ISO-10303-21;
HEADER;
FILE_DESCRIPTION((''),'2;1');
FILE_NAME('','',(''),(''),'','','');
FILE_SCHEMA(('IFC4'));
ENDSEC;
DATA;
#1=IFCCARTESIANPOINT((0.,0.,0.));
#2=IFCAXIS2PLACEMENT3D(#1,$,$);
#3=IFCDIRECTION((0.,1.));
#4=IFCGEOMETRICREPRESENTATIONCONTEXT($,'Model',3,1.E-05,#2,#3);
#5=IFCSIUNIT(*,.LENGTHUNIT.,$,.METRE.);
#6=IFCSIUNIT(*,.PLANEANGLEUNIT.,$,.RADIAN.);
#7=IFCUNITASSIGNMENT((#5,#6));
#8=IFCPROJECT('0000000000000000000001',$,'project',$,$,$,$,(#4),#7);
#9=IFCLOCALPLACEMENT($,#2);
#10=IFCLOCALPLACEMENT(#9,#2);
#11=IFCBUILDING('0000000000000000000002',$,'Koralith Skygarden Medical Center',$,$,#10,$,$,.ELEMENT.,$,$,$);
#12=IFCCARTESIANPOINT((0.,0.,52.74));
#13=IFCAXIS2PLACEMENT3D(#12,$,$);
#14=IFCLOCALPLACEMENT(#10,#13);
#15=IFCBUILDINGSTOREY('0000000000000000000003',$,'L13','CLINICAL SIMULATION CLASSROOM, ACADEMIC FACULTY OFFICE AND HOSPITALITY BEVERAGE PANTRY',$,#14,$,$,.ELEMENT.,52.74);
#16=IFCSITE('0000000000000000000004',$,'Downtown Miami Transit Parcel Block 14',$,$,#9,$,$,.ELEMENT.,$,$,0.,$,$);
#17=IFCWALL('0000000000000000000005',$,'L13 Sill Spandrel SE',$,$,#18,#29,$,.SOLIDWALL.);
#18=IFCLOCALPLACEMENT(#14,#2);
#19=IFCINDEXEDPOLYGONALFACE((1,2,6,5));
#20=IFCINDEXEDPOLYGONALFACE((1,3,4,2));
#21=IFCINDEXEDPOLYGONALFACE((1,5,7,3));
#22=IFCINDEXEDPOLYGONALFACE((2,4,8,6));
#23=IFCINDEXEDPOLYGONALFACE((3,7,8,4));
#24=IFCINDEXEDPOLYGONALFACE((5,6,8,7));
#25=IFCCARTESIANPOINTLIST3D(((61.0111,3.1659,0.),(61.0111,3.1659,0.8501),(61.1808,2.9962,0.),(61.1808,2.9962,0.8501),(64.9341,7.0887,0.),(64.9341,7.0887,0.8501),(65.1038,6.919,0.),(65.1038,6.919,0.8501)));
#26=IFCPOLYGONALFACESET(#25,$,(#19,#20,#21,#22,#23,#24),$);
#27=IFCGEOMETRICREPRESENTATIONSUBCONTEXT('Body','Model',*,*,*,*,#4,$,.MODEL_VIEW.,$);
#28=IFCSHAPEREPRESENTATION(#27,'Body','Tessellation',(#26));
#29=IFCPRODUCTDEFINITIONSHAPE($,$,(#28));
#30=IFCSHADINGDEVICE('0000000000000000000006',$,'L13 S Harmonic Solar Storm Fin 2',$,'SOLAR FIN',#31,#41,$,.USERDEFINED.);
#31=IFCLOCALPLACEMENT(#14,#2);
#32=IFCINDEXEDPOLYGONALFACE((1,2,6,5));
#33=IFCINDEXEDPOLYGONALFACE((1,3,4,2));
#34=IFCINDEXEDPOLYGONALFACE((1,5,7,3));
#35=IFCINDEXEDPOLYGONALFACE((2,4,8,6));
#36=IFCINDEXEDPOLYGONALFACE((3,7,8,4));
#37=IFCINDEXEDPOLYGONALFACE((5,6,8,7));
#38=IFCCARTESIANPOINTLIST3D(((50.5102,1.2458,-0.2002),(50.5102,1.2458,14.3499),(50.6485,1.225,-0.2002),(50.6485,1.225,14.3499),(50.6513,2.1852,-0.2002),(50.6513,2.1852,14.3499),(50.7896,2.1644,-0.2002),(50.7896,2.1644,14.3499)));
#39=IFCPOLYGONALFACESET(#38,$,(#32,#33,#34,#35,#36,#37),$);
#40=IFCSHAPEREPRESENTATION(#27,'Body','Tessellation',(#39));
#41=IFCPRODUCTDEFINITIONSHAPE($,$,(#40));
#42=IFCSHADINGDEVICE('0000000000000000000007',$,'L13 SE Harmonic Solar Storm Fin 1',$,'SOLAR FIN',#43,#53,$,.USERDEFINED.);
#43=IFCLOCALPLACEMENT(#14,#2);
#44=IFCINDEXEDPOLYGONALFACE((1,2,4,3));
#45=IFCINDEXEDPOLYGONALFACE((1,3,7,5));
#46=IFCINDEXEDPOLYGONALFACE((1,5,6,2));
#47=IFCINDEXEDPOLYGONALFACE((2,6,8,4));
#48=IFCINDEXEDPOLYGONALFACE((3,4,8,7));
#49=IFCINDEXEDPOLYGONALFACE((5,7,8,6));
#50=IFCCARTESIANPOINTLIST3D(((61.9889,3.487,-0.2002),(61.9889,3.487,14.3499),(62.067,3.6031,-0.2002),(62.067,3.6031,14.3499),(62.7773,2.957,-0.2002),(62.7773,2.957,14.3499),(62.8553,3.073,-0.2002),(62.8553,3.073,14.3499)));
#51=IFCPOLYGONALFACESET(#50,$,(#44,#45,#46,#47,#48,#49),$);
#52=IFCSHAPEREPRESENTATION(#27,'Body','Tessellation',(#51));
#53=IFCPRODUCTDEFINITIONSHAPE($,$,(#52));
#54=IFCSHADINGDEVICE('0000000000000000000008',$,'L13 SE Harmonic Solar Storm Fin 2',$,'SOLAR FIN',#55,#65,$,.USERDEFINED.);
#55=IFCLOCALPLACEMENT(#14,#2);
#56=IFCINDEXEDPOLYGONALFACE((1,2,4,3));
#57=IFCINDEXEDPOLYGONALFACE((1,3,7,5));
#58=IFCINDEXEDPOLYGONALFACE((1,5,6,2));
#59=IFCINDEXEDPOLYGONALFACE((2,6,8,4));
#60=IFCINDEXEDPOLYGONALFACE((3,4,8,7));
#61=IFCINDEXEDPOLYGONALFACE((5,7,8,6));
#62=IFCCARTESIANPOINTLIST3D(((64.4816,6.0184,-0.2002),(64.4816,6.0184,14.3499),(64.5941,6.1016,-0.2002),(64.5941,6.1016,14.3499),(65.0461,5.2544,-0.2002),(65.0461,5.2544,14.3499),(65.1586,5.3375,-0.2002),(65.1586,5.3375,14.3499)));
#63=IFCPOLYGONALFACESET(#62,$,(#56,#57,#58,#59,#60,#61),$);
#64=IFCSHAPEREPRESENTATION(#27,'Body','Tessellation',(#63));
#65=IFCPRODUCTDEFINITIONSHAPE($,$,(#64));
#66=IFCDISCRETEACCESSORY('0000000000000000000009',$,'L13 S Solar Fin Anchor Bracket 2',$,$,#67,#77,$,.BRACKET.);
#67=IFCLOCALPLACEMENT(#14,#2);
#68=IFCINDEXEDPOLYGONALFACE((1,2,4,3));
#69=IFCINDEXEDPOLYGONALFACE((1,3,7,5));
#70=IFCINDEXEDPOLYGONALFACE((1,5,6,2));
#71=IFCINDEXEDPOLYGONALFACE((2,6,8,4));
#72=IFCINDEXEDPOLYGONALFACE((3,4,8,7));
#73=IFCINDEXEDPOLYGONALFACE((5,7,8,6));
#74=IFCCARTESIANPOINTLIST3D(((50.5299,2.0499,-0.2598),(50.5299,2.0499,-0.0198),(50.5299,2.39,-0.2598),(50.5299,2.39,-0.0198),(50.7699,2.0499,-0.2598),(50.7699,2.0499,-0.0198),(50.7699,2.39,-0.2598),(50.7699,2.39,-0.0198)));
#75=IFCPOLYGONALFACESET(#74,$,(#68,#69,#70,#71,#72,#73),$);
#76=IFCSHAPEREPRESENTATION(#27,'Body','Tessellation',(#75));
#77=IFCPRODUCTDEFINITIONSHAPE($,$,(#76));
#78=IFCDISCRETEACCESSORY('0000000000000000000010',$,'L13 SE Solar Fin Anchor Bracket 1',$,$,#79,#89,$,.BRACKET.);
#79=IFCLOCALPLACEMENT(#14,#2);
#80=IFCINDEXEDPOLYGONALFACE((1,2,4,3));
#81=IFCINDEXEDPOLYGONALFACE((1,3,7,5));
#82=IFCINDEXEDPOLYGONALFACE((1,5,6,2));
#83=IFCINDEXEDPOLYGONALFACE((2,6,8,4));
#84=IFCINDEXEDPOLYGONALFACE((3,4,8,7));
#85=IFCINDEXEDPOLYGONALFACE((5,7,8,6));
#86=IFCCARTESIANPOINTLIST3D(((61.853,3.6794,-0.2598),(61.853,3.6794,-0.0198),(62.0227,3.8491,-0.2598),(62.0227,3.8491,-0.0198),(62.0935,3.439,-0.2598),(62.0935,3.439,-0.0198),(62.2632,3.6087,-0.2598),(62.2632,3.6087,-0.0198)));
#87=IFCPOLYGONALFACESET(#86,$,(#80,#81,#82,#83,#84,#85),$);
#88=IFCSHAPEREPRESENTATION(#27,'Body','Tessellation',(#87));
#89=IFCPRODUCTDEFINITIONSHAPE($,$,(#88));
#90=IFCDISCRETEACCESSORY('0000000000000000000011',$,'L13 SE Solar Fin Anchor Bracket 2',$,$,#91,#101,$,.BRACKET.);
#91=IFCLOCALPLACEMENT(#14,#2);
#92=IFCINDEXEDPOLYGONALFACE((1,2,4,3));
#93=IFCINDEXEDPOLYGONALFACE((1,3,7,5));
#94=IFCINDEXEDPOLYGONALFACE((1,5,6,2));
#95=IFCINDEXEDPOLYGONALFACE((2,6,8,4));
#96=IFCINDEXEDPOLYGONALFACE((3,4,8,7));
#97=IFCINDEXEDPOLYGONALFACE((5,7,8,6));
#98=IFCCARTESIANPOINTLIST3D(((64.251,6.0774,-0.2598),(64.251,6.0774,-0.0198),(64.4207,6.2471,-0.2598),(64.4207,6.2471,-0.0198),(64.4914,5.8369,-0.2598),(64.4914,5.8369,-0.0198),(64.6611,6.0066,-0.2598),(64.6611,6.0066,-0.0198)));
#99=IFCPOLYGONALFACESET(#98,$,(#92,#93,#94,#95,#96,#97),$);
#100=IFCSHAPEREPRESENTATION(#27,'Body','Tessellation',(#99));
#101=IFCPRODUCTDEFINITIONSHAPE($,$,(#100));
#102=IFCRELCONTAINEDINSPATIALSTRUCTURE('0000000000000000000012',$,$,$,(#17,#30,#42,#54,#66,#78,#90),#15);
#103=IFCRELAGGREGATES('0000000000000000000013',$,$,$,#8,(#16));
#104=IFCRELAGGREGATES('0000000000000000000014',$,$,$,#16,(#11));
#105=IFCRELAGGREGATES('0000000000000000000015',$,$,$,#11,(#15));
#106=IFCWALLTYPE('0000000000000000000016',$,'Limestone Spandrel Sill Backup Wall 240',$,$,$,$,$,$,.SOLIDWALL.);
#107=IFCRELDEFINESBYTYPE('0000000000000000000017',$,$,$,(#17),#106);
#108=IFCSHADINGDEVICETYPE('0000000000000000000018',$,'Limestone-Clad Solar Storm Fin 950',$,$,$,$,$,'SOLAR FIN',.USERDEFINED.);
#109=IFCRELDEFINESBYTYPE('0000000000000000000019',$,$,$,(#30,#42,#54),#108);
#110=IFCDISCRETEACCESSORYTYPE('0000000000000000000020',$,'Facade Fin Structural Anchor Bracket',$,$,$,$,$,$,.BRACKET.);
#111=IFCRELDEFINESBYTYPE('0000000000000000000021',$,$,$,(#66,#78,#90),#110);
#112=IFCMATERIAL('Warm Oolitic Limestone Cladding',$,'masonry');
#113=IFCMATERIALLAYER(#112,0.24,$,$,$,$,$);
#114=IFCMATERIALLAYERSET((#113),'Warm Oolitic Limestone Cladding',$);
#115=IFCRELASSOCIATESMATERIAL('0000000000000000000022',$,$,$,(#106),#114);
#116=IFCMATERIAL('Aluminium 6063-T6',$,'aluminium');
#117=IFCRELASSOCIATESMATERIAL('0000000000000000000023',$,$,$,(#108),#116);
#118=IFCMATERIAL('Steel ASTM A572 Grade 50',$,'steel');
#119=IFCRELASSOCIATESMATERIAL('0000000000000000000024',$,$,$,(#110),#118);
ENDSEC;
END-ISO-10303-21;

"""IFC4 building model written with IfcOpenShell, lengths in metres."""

from ifc_helpers import new_model, si_unit, direction, frame, frame_2d, origin, origin_2d, place, context, subcontext, project, spatial, rectangle, extrude, material, layer, layer_set, type_object, element, save


model = new_model("IFC4")

# Units and contexts
model_context = context("Model", 3, precision=1e-05, world=origin(), true_north=direction((0.0, 1.0)))
body_context = subcontext(model_context, "Body", "Model", "MODEL_VIEW")
ifc_project = project(units=[si_unit("LENGTHUNIT", "METRE"), si_unit("PLANEANGLEUNIT", "RADIAN")], contexts=[model_context])

# Site, building, storey
site_placement = place(None, origin())
site = spatial("IfcSite", under=ifc_project, at=site_placement, Name="Downtown Miami Transit Parcel Block 14", CompositionType="ELEMENT", RefElevation=0.0)
building_placement = place(site_placement, origin())
building = spatial("IfcBuilding", under=site, at=building_placement, Name="Koralith Skygarden Medical Center", CompositionType="ELEMENT")
storey_placement = place(building_placement, frame((0.0, 0.0, 52.74)))
storey = spatial("IfcBuildingStorey", under=building, at=storey_placement, Name="L13", Description="CLINICAL SIMULATION CLASSROOM, ACADEMIC FACULTY OFFICE AND HOSPITALITY BEVERAGE PANTRY", CompositionType="ELEMENT", Elevation=52.74)

# Shared definitions
ifc_material_1 = material(Name="Aluminium 6063-T6", Category="aluminium")

# Shared definitions
ifc_material_2 = material(Name="Warm Oolitic Limestone Cladding", Category="masonry")

# Wall
ifc_layer_1 = layer(ifc_material_2, 0.24)
ifc_layer_set_1 = layer_set([ifc_layer_1], Name="Warm Oolitic Limestone Cladding")
wall_type = type_object("IfcWallType", Name="Limestone Spandrel Sill Backup Wall 240", PredefinedType="SOLIDWALL", material=ifc_layer_set_1)
wall_placement = place(storey_placement, frame((61.0959, 3.0811, 0.0), z_axis=(0.0, 0.0, 1.0), x_axis=(0.707129, 0.707085, 0.0)))
element("IfcWall", 1, at=wall_placement, inside=storey, type_object=wall_type, Name="L13 Sill Spandrel SE", PredefinedType="SOLIDWALL", context=body_context, shape_type="SweptSolid", body=[
    extrude(rectangle(XDim=5.5479, YDim=0.24, at=frame_2d((2.7739, 0.0))), origin(), (0.0, 0.0, 1.0), 0.8501),
])

# Shading devices
shading_device_type = type_object("IfcShadingDeviceType", Name="Limestone-Clad Solar Storm Fin 950", ElementType="SOLAR FIN", PredefinedType="USERDEFINED", material=ifc_material_1)
for number, where, z_axis, x_axis, name in (
    (2, (50.6499, 1.7051, -0.2002), (0.0, 0.0, 1.0), (-0.148552, -0.988905, 0.0), "L13 S Harmonic Solar Storm Fin 2"),
    (3, (62.4221, 3.28, -0.2002), (0.0, 0.0, 1.0), (0.829857, -0.557977, 0.0), "L13 SE Harmonic Solar Storm Fin 1"),
    (4, (64.8201, 5.678, -0.2002), (0.0, 0.0, 1.0), (0.594219, -0.804303, 0.0), "L13 SE Harmonic Solar Storm Fin 2"),
):
    element("IfcShadingDevice", number, at=place(storey_placement, frame(where, z_axis=z_axis, x_axis=x_axis)), inside=storey, type_object=shading_device_type, Name=name, ObjectType="SOLAR FIN", PredefinedType="USERDEFINED", context=body_context, shape_type="SweptSolid", body=[
        extrude(rectangle(XDim=0.95, YDim=0.1399, at=origin_2d()), origin(), (0.0, 0.0, 1.0), 14.55),
    ])

# Discrete accessories
ifc_material_3 = material(Name="Steel ASTM A572 Grade 50", Category="steel")
discrete_accessory_type = type_object("IfcDiscreteAccessoryType", Name="Facade Fin Structural Anchor Bracket", PredefinedType="BRACKET", material=ifc_material_3)
for number, where, z_axis, x_axis, name in (
    (5, (50.6499, 2.22, -0.2598), (0.0, 0.0, 1.0), (0.0, -1.0, 0.0), "L13 S Solar Fin Anchor Bracket 2"),
    (6, (62.0581, 3.644, -0.2598), (0.0, 0.0, 1.0), (0.707107, -0.707107, 0.0), "L13 SE Solar Fin Anchor Bracket 1"),
    (7, (64.4561, 6.042, -0.2598), (0.0, 0.0, 1.0), (0.707107, -0.707107, 0.0), "L13 SE Solar Fin Anchor Bracket 2"),
):
    element("IfcDiscreteAccessory", number, at=place(storey_placement, frame(where, z_axis=z_axis, x_axis=x_axis)), inside=storey, type_object=discrete_accessory_type, Name=name, PredefinedType="BRACKET", context=body_context, shape_type="SweptSolid", body=[
        extrude(rectangle(XDim=0.3401, YDim=0.24, at=origin_2d()), origin(), (0.0, 0.0, 1.0), 0.24),
    ])

save(model, "model.ifc")
